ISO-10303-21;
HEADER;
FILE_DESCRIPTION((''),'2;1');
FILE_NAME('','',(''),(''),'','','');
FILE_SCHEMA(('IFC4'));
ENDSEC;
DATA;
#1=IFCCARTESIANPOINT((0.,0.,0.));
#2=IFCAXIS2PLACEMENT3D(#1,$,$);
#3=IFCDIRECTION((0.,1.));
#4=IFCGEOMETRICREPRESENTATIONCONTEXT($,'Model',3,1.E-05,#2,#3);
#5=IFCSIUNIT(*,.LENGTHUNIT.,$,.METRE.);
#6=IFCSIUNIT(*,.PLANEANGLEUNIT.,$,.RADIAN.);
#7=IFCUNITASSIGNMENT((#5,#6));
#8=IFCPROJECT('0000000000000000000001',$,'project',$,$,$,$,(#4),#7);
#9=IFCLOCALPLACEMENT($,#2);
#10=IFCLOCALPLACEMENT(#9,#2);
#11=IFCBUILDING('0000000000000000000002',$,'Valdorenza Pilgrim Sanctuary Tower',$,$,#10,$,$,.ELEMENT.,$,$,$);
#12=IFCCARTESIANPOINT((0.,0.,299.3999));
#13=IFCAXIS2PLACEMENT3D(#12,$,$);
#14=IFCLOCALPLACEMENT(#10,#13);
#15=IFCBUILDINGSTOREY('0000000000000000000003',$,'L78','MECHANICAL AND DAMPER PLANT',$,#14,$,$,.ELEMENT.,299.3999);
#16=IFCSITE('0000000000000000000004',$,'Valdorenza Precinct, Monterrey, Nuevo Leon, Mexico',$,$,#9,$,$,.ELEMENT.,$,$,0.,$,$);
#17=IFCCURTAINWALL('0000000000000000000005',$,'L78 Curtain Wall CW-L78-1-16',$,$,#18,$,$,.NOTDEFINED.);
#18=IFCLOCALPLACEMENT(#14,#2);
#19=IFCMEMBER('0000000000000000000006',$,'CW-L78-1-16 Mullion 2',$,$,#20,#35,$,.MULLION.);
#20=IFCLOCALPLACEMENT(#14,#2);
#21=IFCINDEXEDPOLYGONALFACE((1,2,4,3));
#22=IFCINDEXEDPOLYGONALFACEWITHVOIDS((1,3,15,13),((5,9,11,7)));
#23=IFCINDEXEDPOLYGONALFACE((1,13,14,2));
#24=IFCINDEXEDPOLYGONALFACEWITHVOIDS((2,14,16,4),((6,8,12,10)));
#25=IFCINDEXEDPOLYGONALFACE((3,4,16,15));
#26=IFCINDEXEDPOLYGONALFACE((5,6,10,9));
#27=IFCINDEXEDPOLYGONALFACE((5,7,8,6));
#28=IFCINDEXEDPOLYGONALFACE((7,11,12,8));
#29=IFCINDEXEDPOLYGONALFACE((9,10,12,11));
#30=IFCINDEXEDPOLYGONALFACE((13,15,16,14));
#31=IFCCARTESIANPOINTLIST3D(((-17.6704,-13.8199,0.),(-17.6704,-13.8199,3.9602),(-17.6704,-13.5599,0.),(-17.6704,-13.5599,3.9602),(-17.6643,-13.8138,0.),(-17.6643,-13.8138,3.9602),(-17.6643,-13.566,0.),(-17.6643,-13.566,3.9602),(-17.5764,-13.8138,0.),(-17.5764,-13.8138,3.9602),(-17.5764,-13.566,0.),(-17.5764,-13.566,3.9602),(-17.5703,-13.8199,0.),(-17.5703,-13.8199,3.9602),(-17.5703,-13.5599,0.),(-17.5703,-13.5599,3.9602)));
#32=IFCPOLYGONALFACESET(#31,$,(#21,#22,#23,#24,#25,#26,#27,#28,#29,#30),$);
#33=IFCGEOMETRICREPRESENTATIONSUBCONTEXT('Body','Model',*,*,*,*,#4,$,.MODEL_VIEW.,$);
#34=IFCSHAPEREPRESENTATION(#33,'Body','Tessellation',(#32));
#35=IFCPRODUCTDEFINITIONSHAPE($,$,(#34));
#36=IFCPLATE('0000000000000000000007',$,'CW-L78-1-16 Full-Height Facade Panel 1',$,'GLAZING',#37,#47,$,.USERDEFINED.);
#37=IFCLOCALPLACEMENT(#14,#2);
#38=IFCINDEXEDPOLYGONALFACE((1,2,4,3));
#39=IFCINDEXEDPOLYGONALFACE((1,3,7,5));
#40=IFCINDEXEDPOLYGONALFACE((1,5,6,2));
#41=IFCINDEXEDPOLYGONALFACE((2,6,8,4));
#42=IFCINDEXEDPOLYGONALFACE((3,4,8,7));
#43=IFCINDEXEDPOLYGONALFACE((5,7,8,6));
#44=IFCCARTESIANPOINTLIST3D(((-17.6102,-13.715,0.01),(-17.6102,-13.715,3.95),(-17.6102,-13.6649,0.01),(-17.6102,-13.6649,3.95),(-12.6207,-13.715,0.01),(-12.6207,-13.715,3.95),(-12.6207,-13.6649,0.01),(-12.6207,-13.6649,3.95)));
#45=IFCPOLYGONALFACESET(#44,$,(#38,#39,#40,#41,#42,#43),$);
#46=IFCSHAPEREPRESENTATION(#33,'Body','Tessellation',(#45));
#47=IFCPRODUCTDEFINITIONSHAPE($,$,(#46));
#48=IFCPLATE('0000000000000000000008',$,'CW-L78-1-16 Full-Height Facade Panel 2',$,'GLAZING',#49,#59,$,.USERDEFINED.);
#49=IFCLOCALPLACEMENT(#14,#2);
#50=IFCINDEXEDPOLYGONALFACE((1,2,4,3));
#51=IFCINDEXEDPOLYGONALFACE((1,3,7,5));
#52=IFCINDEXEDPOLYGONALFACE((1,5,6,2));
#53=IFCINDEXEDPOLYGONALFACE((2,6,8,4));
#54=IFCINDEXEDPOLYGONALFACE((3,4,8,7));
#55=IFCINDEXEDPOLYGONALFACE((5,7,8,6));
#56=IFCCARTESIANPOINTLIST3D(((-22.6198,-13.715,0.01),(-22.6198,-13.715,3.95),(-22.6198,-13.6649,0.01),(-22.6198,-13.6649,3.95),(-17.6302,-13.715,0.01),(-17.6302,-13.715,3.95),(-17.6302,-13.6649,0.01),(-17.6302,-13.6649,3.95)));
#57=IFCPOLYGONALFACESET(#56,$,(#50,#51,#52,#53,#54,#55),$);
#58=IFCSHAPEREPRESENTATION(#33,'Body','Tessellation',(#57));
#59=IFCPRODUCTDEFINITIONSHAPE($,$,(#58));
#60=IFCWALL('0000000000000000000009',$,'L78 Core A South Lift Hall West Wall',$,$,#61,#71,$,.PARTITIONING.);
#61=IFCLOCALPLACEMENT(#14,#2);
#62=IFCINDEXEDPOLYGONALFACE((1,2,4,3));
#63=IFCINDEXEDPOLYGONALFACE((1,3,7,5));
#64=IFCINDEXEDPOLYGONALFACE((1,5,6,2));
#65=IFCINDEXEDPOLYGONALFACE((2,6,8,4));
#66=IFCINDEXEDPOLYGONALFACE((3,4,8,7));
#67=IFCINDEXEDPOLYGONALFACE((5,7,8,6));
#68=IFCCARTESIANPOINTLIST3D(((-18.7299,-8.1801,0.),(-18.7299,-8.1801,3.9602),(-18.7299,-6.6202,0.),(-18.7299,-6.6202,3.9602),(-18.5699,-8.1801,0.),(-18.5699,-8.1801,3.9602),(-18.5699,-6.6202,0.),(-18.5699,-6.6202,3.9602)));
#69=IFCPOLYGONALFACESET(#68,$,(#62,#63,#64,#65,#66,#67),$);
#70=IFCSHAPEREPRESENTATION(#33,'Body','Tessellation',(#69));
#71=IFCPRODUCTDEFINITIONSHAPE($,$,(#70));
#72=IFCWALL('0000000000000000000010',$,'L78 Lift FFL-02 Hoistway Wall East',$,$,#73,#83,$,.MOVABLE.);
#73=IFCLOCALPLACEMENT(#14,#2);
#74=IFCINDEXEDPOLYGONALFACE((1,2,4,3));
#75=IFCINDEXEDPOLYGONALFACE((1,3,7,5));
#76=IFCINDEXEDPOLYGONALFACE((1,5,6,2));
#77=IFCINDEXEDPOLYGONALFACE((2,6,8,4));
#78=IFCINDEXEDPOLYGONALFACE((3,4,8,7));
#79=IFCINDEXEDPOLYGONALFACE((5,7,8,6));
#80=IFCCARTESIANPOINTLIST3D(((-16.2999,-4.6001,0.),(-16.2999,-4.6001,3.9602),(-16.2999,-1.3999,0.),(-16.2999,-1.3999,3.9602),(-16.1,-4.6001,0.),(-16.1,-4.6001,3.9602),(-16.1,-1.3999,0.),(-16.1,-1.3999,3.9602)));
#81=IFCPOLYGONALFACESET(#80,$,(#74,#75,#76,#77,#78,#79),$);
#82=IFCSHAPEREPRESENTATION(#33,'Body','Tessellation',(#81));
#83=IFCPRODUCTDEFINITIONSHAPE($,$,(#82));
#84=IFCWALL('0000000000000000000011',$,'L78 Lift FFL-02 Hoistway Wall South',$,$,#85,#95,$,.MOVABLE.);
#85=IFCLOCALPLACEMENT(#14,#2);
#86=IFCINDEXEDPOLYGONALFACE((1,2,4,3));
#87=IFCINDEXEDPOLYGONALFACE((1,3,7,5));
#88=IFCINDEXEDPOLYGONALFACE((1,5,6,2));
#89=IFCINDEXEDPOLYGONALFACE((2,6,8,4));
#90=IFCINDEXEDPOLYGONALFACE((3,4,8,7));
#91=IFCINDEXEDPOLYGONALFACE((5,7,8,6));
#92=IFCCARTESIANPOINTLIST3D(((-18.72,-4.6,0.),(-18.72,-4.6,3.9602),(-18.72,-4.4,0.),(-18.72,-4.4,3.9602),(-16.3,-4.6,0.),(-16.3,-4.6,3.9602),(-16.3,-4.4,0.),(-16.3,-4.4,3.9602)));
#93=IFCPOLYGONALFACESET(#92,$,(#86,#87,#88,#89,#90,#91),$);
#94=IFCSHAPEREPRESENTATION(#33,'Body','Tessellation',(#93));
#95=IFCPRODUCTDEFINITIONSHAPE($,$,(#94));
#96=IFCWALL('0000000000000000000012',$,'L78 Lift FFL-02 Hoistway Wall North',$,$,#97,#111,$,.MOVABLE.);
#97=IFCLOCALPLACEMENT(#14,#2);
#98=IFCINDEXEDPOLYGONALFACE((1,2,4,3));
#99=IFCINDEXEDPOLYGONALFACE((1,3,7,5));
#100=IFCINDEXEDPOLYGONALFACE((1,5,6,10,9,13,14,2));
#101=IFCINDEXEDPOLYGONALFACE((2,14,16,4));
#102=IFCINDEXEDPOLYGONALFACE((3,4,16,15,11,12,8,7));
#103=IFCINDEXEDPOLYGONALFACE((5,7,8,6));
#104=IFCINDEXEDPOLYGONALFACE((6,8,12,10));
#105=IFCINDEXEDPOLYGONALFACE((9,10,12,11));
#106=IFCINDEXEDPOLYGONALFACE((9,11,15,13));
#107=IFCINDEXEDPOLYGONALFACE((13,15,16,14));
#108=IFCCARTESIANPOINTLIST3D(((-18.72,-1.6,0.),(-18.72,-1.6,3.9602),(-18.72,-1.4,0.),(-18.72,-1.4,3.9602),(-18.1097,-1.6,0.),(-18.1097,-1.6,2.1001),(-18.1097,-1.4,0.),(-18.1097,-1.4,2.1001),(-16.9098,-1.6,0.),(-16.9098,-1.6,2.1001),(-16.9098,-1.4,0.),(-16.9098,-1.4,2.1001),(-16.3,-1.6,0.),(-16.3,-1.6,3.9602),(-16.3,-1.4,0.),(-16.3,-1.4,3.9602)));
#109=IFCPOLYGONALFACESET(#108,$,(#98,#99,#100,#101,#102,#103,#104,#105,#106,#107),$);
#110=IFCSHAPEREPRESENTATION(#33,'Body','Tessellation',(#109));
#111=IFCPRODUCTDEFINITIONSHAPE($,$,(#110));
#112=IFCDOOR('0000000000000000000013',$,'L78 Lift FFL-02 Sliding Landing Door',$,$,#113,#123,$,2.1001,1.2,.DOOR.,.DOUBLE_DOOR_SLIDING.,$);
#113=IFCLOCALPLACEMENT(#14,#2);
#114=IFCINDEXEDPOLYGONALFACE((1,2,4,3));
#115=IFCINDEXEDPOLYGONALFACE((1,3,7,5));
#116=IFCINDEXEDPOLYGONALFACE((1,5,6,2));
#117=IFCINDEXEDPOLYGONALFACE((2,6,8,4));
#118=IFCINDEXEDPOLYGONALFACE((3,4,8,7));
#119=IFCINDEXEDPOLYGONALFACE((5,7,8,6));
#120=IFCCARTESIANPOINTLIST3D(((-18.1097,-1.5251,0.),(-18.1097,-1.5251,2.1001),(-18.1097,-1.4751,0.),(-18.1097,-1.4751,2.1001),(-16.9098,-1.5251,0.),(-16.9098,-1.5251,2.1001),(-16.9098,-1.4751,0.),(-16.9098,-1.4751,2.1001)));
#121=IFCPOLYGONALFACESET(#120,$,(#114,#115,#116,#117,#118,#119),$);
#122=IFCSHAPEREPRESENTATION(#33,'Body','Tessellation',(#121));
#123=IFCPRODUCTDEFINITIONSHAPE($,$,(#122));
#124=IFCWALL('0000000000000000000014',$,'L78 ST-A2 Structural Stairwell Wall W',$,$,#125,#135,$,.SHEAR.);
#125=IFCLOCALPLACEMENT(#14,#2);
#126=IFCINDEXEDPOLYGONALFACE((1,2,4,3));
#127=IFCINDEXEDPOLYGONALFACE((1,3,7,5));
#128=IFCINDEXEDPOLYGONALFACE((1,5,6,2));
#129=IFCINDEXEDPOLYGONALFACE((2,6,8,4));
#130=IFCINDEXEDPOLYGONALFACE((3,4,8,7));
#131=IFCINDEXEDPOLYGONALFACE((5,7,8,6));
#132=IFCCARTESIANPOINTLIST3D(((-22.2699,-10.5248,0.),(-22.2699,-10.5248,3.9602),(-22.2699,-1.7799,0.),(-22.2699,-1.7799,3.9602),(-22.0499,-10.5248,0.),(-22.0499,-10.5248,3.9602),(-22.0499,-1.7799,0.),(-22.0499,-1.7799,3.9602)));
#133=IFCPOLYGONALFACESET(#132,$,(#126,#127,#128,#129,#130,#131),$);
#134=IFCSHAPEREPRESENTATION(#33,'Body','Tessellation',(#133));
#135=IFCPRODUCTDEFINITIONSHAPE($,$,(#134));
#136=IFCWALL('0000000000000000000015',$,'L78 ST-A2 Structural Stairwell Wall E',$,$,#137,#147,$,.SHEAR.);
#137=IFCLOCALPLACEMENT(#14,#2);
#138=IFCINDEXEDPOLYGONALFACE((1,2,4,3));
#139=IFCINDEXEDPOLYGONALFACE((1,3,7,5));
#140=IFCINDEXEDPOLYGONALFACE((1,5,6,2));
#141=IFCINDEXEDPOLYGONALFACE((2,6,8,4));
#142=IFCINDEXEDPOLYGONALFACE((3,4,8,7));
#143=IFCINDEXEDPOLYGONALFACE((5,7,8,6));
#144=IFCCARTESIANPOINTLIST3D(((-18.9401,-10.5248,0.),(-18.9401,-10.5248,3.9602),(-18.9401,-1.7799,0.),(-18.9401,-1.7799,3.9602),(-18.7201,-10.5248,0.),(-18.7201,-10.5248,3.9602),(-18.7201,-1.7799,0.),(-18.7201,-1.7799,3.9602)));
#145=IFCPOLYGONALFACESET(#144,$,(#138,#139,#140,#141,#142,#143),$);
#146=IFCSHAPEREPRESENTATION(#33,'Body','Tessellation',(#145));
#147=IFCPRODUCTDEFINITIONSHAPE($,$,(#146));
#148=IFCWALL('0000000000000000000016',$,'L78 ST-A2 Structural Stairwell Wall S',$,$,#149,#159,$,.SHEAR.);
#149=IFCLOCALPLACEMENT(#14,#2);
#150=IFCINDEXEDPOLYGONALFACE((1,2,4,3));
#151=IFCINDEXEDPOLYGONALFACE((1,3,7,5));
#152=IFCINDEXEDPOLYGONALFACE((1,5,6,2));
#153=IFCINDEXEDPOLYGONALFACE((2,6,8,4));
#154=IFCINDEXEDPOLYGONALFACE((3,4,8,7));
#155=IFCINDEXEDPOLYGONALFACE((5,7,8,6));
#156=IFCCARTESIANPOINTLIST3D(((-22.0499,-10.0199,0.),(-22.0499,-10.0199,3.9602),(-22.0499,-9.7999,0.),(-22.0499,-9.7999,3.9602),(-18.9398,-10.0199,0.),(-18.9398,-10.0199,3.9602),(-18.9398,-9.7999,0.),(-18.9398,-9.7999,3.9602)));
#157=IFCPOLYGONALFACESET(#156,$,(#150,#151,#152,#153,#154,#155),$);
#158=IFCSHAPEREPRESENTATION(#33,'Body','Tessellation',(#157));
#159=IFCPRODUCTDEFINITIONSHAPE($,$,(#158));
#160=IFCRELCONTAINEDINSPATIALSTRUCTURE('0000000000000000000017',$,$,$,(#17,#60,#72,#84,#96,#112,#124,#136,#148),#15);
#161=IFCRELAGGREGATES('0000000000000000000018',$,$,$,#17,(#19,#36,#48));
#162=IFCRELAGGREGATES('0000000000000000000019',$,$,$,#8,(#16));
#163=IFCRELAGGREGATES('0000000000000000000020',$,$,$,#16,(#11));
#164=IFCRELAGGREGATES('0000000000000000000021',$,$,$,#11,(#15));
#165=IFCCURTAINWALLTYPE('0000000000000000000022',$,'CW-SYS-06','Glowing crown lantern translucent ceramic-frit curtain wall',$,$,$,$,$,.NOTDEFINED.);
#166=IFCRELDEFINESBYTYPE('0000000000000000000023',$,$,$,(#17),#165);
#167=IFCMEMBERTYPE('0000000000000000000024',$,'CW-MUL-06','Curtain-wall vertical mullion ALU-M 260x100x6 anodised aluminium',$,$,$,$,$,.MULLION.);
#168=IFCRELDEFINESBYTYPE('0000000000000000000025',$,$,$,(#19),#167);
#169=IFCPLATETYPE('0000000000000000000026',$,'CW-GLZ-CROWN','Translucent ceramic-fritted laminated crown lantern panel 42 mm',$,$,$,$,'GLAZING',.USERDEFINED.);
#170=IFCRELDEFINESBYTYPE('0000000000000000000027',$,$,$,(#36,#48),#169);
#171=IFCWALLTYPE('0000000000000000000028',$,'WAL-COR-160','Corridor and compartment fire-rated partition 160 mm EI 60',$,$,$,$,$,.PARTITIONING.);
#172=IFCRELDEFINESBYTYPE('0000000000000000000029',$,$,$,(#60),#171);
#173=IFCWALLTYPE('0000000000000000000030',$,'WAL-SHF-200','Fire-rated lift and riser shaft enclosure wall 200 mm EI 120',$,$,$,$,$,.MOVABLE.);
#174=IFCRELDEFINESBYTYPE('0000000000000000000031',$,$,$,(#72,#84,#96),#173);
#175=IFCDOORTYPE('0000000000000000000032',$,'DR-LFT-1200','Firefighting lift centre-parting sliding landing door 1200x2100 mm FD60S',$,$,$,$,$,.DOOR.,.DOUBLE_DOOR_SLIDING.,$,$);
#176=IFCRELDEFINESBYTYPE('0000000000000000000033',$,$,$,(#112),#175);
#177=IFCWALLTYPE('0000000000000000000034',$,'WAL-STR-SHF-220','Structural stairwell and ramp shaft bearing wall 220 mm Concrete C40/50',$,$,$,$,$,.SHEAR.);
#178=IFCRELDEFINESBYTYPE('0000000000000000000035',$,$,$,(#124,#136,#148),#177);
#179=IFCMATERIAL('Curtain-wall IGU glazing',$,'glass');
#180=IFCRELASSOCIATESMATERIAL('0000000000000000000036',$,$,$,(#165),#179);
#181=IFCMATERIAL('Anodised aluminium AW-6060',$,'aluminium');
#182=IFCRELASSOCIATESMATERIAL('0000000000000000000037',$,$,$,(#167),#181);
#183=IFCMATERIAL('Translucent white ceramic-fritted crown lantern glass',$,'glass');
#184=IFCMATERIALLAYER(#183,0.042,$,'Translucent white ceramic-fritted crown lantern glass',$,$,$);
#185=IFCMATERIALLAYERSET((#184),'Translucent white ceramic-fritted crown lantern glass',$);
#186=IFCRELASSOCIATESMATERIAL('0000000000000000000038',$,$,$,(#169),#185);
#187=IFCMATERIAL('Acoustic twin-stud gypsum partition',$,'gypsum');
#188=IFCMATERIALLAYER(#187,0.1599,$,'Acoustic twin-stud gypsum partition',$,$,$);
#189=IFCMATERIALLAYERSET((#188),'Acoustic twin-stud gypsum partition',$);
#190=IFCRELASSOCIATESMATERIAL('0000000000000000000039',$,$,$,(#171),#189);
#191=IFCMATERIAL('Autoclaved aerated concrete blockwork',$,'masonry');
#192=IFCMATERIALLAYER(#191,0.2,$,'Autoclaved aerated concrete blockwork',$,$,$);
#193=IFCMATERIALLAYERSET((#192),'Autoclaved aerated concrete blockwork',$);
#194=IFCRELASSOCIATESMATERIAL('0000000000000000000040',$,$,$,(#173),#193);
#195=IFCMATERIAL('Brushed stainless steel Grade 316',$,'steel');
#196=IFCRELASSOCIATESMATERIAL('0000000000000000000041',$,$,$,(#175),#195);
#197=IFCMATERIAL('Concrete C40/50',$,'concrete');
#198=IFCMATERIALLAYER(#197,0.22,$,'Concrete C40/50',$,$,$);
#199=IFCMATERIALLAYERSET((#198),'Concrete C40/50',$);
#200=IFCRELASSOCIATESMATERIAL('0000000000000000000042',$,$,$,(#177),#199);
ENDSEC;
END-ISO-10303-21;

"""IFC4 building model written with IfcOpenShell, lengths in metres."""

from ifc_helpers import new_model, si_unit, direction, frame, frame_2d, origin, origin_2d, place, context, subcontext, project, spatial, rectangle, hollow_rectangle, extrude, source, transform, mapped, material, layer, layer_set, material_profile, profile_set, type_object, element, fill, aggregate, save


model = new_model("IFC4")

# Units and contexts
model_context = context("Model", 3, precision=1e-05, world=origin(), true_north=direction((0.0, 1.0)))
body_context = subcontext(model_context, "Body", "Model", "MODEL_VIEW")
ifc_project = project(units=[si_unit("LENGTHUNIT", "METRE"), si_unit("PLANEANGLEUNIT", "RADIAN")], contexts=[model_context])

# Site, building, storey
site_placement = place(None, origin())
site = spatial("IfcSite", under=ifc_project, at=site_placement, Name="Valdorenza Precinct, Monterrey, Nuevo Leon, Mexico", CompositionType="ELEMENT", RefElevation=0.0)
building_placement = place(site_placement, origin())
building = spatial("IfcBuilding", under=site, at=building_placement, Name="Valdorenza Pilgrim Sanctuary Tower", CompositionType="ELEMENT")
storey_placement = place(building_placement, frame((0.0, 0.0, 299.3999)))
storey = spatial("IfcBuildingStorey", under=building, at=storey_placement, Name="L78", Description="MECHANICAL AND DAMPER PLANT", CompositionType="ELEMENT", Elevation=299.3999)

# Curtain wall, member, plates
ifc_material_1 = material(Name="Curtain-wall IGU glazing", Category="glass")
curtain_wall_type = type_object("IfcCurtainWallType", Name="CW-SYS-06", Description="Glowing crown lantern translucent ceramic-frit curtain wall", PredefinedType="NOTDEFINED", material=ifc_material_1)
curtain_wall_placement = place(storey_placement, origin())
curtain_wall = element("IfcCurtainWall", 1, at=curtain_wall_placement, inside=storey, type_object=curtain_wall_type, Name="L78 Curtain Wall CW-L78-1-16", PredefinedType="NOTDEFINED")
ifc_material_2 = material(Name="Anodised aluminium AW-6060", Category="aluminium")
ifc_material_profile = material_profile(ifc_material_2, hollow_rectangle(XDim=0.1001, YDim=0.26, WallThickness=0.0061, at=origin_2d()), Name="ALU-M 260x100x6")
ifc_profile_set = profile_set([ifc_material_profile], Name="Anodised aluminium AW-6060")
member_type = type_object("IfcMemberType", Name="CW-MUL-06", Description="Curtain-wall vertical mullion ALU-M 260x100x6 anodised aluminium", PredefinedType="MULLION", material=ifc_profile_set)
shared_shape_1 = source(origin(), body_context, "Body", "SweptSolid", [
    extrude(hollow_rectangle(XDim=0.1001, YDim=0.26, WallThickness=0.0061, at=origin_2d()), origin(), (0.0, 0.0, 1.0), 3.9602),
])
member_placement = place(storey_placement, frame((-17.6204, -13.6899, 0.0), z_axis=(0.0, 0.0, 1.0), x_axis=(-1.0, 0.0, 0.0)))
member = element("IfcMember", 2, at=member_placement, type_object=member_type, Name="CW-L78-1-16 Mullion 2", PredefinedType="MULLION", context=body_context, shape_type="MappedRepresentation", body=[
    mapped(shared_shape_1, transform((0.0, 0.0, 0.0), x_axis=(1.0, 0.0, 0.0), y_axis=(0.0, 1.0, 0.0), z_axis=(0.0, 0.0, 1.0), scale=1.0)),
])
ifc_material_3 = material(Name="Translucent white ceramic-fritted crown lantern glass", Category="glass")
ifc_layer_1 = layer(ifc_material_3, 0.042, Name="Translucent white ceramic-fritted crown lantern glass")
ifc_layer_set_1 = layer_set([ifc_layer_1], Name="Translucent white ceramic-fritted crown lantern glass")
plate_type = type_object("IfcPlateType", Name="CW-GLZ-CROWN", Description="Translucent ceramic-fritted laminated crown lantern panel 42 mm", ElementType="GLAZING", PredefinedType="USERDEFINED", material=ifc_layer_set_1)
shared_shape_2 = source(origin(), body_context, "Body", "SweptSolid", [
    extrude(rectangle(XDim=4.9895, YDim=0.05, at=origin_2d()), origin(), (0.0, 0.0, 1.0), 3.9399),
])
plate_1_placement = place(storey_placement, frame((-15.1155, -13.6899, 0.01), z_axis=(0.0, 0.0, 1.0), x_axis=(-1.0, 0.0, 0.0)))
plate_1 = element("IfcPlate", 3, at=plate_1_placement, type_object=plate_type, Name="CW-L78-1-16 Full-Height Facade Panel 1", ObjectType="GLAZING", PredefinedType="USERDEFINED", context=body_context, shape_type="MappedRepresentation", body=[
    mapped(shared_shape_2, transform((0.0, 0.0, 0.0), x_axis=(1.0, 0.0, 0.0), y_axis=(0.0, 1.0, 0.0), z_axis=(0.0, 0.0, 1.0), scale=1.0)),
])
plate_2_placement = place(storey_placement, frame((-20.125, -13.6899, 0.01), z_axis=(0.0, 0.0, 1.0), x_axis=(-1.0, 0.0, 0.0)))
plate_2 = element("IfcPlate", 4, at=plate_2_placement, type_object=plate_type, Name="CW-L78-1-16 Full-Height Facade Panel 2", ObjectType="GLAZING", PredefinedType="USERDEFINED", context=body_context, shape_type="MappedRepresentation", body=[
    mapped(shared_shape_2, transform((0.0, 0.0, 0.0), x_axis=(1.0, 0.0, 0.0), y_axis=(0.0, 1.0, 0.0), z_axis=(0.0, 0.0, 1.0), scale=1.0)),
])
aggregate(curtain_wall, [member, plate_1, plate_2])

# Wall
ifc_material_4 = material(Name="Acoustic twin-stud gypsum partition", Category="gypsum")
ifc_layer_2 = layer(ifc_material_4, 0.1599, Name="Acoustic twin-stud gypsum partition")
ifc_layer_set_2 = layer_set([ifc_layer_2], Name="Acoustic twin-stud gypsum partition")
wall_type_1 = type_object("IfcWallType", Name="WAL-COR-160", Description="Corridor and compartment fire-rated partition 160 mm EI 60", PredefinedType="PARTITIONING", material=ifc_layer_set_2)
wall_1_placement = place(storey_placement, frame((-18.6499, -8.1799, 0.0), z_axis=(0.0, 0.0, 1.0), x_axis=(0.0, 1.0, 0.0)))
element("IfcWall", 5, at=wall_1_placement, inside=storey, type_object=wall_type_1, Name="L78 Core A South Lift Hall West Wall", PredefinedType="PARTITIONING", context=body_context, shape_type="SweptSolid", body=[
    extrude(rectangle(XDim=1.5598, YDim=0.1599, at=frame_2d((0.7798, 0.0))), origin(), (0.0, 0.0, 1.0), 3.9602),
])

# Walls
ifc_material_5 = material(Name="Autoclaved aerated concrete blockwork", Category="masonry")
ifc_layer_3 = layer(ifc_material_5, 0.2, Name="Autoclaved aerated concrete blockwork")
ifc_layer_set_3 = layer_set([ifc_layer_3], Name="Autoclaved aerated concrete blockwork")
wall_type_2 = type_object("IfcWallType", Name="WAL-SHF-200", Description="Fire-rated lift and riser shaft enclosure wall 200 mm EI 120", PredefinedType="MOVABLE", material=ifc_layer_set_3)
wall_2_placement = place(storey_placement, frame((-16.2, -4.6001, 0.0), z_axis=(0.0, 0.0, 1.0), x_axis=(0.0, 1.0, 0.0)))
element("IfcWall", 6, at=wall_2_placement, inside=storey, type_object=wall_type_2, Name="L78 Lift FFL-02 Hoistway Wall East", PredefinedType="MOVABLE", context=body_context, shape_type="SweptSolid", body=[
    extrude(rectangle(XDim=3.2002, YDim=0.2, at=frame_2d((1.6001, 0.0))), origin(), (0.0, 0.0, 1.0), 3.9602),
])
wall_3_placement = place(storey_placement, frame((-18.72, -4.5, 0.0), z_axis=(0.0, 0.0, 1.0), x_axis=(1.0, 0.0, 0.0)))
element("IfcWall", 7, at=wall_3_placement, inside=storey, type_object=wall_type_2, Name="L78 Lift FFL-02 Hoistway Wall South", PredefinedType="MOVABLE", context=body_context, shape_type="SweptSolid", body=[
    extrude(rectangle(XDim=2.4199, YDim=0.2, at=frame_2d((1.21, 0.0))), origin(), (0.0, 0.0, 1.0), 3.9602),
])

# Wall, opening, door
wall_4_placement = place(storey_placement, frame((-18.72, -1.5, 0.0), z_axis=(0.0, 0.0, 1.0), x_axis=(1.0, 0.0, 0.0)))
wall_4 = element("IfcWall", 8, at=wall_4_placement, inside=storey, type_object=wall_type_2, Name="L78 Lift FFL-02 Hoistway Wall North", PredefinedType="MOVABLE", context=body_context, shape_type="SweptSolid", body=[
    extrude(rectangle(XDim=2.4199, YDim=0.2, at=frame_2d((1.21, 0.0))), origin(), (0.0, 0.0, 1.0), 3.9602),
])
opening_1_placement = place(wall_4_placement, frame((0.6101, 0.0, 0.0)))
opening_1 = element("IfcOpeningElement", 9, at=opening_1_placement, cuts=wall_4, PredefinedType="OPENING", context=body_context, shape_type="SweptSolid", body=[
    extrude(rectangle(XDim=1.2, YDim=2.1001, at=frame_2d((0.6001, 1.05))), frame((0.0, 0.1147, 0.0), z_axis=(0.0, -1.0, 0.0), x_axis=(1.0, 0.0, 0.0)), (0.0, 0.0, 1.0), 0.2297),
])
ifc_material_6 = material(Name="Brushed stainless steel Grade 316", Category="steel")
door_type_1 = type_object("IfcDoorType", Name="DR-LFT-1200", Description="Firefighting lift centre-parting sliding landing door 1200x2100 mm FD60S", OperationType="DOUBLE_DOOR_SLIDING", PredefinedType="DOOR", material=ifc_material_6)
door_1_placement = place(opening_1_placement, origin())
door_1 = element("IfcDoor", 10, at=door_1_placement, inside=storey, type_object=door_type_1, Name="L78 Lift FFL-02 Sliding Landing Door", OperationType="DOUBLE_DOOR_SLIDING", OverallHeight=2.1001, OverallWidth=1.2, PredefinedType="DOOR", context=body_context, shape_type="SweptSolid", body=[
    extrude(rectangle(XDim=1.2, YDim=2.1001, at=frame_2d((0.6001, 1.05))), frame((0.0, 0.0249, 0.0), z_axis=(0.0, -1.0, 0.0), x_axis=(1.0, 0.0, 0.0)), (0.0, 0.0, 1.0), 0.05),
])
fill(opening_1, door_1)

# Walls
ifc_material_7 = material(Name="Concrete C40/50", Category="concrete")
ifc_layer_4 = layer(ifc_material_7, 0.22, Name="Concrete C40/50")
ifc_layer_set_4 = layer_set([ifc_layer_4], Name="Concrete C40/50")
wall_type_3 = type_object("IfcWallType", Name="WAL-STR-SHF-220", Description="Structural stairwell and ramp shaft bearing wall 220 mm Concrete C40/50", PredefinedType="SHEAR", material=ifc_layer_set_4)
for number, where, z_axis, x_axis, name in (
    (11, (-22.1599, -10.5249, 0.0), (0.0, 0.0, 1.0), (0.0, 1.0, 0.0), "L78 ST-A2 Structural Stairwell Wall W"),
    (12, (-18.8301, -10.5249, 0.0), (0.0, 0.0, 1.0), (0.0, 1.0, 0.0), "L78 ST-A2 Structural Stairwell Wall E"),
):
    element("IfcWall", number, at=place(storey_placement, frame(where, z_axis=z_axis, x_axis=x_axis)), inside=storey, type_object=wall_type_3, Name=name, PredefinedType="SHEAR", context=body_context, shape_type="SweptSolid", body=[
        extrude(rectangle(XDim=8.7449, YDim=0.22, at=frame_2d((4.3726, 0.0))), origin(), (0.0, 0.0, 1.0), 3.9602),
    ])
wall_5_placement = place(storey_placement, frame((-22.05, -9.9099, 0.0), z_axis=(0.0, 0.0, 1.0), x_axis=(1.0, 0.0, 0.0)))
element("IfcWall", 13, at=wall_5_placement, inside=storey, type_object=wall_type_3, Name="L78 ST-A2 Structural Stairwell Wall S", PredefinedType="SHEAR", context=body_context, shape_type="SweptSolid", body=[
    extrude(rectangle(XDim=3.1101, YDim=0.22, at=frame_2d((1.5552, 0.0))), origin(), (0.0, 0.0, 1.0), 3.9602),
])

save(model, "model.ifc")
